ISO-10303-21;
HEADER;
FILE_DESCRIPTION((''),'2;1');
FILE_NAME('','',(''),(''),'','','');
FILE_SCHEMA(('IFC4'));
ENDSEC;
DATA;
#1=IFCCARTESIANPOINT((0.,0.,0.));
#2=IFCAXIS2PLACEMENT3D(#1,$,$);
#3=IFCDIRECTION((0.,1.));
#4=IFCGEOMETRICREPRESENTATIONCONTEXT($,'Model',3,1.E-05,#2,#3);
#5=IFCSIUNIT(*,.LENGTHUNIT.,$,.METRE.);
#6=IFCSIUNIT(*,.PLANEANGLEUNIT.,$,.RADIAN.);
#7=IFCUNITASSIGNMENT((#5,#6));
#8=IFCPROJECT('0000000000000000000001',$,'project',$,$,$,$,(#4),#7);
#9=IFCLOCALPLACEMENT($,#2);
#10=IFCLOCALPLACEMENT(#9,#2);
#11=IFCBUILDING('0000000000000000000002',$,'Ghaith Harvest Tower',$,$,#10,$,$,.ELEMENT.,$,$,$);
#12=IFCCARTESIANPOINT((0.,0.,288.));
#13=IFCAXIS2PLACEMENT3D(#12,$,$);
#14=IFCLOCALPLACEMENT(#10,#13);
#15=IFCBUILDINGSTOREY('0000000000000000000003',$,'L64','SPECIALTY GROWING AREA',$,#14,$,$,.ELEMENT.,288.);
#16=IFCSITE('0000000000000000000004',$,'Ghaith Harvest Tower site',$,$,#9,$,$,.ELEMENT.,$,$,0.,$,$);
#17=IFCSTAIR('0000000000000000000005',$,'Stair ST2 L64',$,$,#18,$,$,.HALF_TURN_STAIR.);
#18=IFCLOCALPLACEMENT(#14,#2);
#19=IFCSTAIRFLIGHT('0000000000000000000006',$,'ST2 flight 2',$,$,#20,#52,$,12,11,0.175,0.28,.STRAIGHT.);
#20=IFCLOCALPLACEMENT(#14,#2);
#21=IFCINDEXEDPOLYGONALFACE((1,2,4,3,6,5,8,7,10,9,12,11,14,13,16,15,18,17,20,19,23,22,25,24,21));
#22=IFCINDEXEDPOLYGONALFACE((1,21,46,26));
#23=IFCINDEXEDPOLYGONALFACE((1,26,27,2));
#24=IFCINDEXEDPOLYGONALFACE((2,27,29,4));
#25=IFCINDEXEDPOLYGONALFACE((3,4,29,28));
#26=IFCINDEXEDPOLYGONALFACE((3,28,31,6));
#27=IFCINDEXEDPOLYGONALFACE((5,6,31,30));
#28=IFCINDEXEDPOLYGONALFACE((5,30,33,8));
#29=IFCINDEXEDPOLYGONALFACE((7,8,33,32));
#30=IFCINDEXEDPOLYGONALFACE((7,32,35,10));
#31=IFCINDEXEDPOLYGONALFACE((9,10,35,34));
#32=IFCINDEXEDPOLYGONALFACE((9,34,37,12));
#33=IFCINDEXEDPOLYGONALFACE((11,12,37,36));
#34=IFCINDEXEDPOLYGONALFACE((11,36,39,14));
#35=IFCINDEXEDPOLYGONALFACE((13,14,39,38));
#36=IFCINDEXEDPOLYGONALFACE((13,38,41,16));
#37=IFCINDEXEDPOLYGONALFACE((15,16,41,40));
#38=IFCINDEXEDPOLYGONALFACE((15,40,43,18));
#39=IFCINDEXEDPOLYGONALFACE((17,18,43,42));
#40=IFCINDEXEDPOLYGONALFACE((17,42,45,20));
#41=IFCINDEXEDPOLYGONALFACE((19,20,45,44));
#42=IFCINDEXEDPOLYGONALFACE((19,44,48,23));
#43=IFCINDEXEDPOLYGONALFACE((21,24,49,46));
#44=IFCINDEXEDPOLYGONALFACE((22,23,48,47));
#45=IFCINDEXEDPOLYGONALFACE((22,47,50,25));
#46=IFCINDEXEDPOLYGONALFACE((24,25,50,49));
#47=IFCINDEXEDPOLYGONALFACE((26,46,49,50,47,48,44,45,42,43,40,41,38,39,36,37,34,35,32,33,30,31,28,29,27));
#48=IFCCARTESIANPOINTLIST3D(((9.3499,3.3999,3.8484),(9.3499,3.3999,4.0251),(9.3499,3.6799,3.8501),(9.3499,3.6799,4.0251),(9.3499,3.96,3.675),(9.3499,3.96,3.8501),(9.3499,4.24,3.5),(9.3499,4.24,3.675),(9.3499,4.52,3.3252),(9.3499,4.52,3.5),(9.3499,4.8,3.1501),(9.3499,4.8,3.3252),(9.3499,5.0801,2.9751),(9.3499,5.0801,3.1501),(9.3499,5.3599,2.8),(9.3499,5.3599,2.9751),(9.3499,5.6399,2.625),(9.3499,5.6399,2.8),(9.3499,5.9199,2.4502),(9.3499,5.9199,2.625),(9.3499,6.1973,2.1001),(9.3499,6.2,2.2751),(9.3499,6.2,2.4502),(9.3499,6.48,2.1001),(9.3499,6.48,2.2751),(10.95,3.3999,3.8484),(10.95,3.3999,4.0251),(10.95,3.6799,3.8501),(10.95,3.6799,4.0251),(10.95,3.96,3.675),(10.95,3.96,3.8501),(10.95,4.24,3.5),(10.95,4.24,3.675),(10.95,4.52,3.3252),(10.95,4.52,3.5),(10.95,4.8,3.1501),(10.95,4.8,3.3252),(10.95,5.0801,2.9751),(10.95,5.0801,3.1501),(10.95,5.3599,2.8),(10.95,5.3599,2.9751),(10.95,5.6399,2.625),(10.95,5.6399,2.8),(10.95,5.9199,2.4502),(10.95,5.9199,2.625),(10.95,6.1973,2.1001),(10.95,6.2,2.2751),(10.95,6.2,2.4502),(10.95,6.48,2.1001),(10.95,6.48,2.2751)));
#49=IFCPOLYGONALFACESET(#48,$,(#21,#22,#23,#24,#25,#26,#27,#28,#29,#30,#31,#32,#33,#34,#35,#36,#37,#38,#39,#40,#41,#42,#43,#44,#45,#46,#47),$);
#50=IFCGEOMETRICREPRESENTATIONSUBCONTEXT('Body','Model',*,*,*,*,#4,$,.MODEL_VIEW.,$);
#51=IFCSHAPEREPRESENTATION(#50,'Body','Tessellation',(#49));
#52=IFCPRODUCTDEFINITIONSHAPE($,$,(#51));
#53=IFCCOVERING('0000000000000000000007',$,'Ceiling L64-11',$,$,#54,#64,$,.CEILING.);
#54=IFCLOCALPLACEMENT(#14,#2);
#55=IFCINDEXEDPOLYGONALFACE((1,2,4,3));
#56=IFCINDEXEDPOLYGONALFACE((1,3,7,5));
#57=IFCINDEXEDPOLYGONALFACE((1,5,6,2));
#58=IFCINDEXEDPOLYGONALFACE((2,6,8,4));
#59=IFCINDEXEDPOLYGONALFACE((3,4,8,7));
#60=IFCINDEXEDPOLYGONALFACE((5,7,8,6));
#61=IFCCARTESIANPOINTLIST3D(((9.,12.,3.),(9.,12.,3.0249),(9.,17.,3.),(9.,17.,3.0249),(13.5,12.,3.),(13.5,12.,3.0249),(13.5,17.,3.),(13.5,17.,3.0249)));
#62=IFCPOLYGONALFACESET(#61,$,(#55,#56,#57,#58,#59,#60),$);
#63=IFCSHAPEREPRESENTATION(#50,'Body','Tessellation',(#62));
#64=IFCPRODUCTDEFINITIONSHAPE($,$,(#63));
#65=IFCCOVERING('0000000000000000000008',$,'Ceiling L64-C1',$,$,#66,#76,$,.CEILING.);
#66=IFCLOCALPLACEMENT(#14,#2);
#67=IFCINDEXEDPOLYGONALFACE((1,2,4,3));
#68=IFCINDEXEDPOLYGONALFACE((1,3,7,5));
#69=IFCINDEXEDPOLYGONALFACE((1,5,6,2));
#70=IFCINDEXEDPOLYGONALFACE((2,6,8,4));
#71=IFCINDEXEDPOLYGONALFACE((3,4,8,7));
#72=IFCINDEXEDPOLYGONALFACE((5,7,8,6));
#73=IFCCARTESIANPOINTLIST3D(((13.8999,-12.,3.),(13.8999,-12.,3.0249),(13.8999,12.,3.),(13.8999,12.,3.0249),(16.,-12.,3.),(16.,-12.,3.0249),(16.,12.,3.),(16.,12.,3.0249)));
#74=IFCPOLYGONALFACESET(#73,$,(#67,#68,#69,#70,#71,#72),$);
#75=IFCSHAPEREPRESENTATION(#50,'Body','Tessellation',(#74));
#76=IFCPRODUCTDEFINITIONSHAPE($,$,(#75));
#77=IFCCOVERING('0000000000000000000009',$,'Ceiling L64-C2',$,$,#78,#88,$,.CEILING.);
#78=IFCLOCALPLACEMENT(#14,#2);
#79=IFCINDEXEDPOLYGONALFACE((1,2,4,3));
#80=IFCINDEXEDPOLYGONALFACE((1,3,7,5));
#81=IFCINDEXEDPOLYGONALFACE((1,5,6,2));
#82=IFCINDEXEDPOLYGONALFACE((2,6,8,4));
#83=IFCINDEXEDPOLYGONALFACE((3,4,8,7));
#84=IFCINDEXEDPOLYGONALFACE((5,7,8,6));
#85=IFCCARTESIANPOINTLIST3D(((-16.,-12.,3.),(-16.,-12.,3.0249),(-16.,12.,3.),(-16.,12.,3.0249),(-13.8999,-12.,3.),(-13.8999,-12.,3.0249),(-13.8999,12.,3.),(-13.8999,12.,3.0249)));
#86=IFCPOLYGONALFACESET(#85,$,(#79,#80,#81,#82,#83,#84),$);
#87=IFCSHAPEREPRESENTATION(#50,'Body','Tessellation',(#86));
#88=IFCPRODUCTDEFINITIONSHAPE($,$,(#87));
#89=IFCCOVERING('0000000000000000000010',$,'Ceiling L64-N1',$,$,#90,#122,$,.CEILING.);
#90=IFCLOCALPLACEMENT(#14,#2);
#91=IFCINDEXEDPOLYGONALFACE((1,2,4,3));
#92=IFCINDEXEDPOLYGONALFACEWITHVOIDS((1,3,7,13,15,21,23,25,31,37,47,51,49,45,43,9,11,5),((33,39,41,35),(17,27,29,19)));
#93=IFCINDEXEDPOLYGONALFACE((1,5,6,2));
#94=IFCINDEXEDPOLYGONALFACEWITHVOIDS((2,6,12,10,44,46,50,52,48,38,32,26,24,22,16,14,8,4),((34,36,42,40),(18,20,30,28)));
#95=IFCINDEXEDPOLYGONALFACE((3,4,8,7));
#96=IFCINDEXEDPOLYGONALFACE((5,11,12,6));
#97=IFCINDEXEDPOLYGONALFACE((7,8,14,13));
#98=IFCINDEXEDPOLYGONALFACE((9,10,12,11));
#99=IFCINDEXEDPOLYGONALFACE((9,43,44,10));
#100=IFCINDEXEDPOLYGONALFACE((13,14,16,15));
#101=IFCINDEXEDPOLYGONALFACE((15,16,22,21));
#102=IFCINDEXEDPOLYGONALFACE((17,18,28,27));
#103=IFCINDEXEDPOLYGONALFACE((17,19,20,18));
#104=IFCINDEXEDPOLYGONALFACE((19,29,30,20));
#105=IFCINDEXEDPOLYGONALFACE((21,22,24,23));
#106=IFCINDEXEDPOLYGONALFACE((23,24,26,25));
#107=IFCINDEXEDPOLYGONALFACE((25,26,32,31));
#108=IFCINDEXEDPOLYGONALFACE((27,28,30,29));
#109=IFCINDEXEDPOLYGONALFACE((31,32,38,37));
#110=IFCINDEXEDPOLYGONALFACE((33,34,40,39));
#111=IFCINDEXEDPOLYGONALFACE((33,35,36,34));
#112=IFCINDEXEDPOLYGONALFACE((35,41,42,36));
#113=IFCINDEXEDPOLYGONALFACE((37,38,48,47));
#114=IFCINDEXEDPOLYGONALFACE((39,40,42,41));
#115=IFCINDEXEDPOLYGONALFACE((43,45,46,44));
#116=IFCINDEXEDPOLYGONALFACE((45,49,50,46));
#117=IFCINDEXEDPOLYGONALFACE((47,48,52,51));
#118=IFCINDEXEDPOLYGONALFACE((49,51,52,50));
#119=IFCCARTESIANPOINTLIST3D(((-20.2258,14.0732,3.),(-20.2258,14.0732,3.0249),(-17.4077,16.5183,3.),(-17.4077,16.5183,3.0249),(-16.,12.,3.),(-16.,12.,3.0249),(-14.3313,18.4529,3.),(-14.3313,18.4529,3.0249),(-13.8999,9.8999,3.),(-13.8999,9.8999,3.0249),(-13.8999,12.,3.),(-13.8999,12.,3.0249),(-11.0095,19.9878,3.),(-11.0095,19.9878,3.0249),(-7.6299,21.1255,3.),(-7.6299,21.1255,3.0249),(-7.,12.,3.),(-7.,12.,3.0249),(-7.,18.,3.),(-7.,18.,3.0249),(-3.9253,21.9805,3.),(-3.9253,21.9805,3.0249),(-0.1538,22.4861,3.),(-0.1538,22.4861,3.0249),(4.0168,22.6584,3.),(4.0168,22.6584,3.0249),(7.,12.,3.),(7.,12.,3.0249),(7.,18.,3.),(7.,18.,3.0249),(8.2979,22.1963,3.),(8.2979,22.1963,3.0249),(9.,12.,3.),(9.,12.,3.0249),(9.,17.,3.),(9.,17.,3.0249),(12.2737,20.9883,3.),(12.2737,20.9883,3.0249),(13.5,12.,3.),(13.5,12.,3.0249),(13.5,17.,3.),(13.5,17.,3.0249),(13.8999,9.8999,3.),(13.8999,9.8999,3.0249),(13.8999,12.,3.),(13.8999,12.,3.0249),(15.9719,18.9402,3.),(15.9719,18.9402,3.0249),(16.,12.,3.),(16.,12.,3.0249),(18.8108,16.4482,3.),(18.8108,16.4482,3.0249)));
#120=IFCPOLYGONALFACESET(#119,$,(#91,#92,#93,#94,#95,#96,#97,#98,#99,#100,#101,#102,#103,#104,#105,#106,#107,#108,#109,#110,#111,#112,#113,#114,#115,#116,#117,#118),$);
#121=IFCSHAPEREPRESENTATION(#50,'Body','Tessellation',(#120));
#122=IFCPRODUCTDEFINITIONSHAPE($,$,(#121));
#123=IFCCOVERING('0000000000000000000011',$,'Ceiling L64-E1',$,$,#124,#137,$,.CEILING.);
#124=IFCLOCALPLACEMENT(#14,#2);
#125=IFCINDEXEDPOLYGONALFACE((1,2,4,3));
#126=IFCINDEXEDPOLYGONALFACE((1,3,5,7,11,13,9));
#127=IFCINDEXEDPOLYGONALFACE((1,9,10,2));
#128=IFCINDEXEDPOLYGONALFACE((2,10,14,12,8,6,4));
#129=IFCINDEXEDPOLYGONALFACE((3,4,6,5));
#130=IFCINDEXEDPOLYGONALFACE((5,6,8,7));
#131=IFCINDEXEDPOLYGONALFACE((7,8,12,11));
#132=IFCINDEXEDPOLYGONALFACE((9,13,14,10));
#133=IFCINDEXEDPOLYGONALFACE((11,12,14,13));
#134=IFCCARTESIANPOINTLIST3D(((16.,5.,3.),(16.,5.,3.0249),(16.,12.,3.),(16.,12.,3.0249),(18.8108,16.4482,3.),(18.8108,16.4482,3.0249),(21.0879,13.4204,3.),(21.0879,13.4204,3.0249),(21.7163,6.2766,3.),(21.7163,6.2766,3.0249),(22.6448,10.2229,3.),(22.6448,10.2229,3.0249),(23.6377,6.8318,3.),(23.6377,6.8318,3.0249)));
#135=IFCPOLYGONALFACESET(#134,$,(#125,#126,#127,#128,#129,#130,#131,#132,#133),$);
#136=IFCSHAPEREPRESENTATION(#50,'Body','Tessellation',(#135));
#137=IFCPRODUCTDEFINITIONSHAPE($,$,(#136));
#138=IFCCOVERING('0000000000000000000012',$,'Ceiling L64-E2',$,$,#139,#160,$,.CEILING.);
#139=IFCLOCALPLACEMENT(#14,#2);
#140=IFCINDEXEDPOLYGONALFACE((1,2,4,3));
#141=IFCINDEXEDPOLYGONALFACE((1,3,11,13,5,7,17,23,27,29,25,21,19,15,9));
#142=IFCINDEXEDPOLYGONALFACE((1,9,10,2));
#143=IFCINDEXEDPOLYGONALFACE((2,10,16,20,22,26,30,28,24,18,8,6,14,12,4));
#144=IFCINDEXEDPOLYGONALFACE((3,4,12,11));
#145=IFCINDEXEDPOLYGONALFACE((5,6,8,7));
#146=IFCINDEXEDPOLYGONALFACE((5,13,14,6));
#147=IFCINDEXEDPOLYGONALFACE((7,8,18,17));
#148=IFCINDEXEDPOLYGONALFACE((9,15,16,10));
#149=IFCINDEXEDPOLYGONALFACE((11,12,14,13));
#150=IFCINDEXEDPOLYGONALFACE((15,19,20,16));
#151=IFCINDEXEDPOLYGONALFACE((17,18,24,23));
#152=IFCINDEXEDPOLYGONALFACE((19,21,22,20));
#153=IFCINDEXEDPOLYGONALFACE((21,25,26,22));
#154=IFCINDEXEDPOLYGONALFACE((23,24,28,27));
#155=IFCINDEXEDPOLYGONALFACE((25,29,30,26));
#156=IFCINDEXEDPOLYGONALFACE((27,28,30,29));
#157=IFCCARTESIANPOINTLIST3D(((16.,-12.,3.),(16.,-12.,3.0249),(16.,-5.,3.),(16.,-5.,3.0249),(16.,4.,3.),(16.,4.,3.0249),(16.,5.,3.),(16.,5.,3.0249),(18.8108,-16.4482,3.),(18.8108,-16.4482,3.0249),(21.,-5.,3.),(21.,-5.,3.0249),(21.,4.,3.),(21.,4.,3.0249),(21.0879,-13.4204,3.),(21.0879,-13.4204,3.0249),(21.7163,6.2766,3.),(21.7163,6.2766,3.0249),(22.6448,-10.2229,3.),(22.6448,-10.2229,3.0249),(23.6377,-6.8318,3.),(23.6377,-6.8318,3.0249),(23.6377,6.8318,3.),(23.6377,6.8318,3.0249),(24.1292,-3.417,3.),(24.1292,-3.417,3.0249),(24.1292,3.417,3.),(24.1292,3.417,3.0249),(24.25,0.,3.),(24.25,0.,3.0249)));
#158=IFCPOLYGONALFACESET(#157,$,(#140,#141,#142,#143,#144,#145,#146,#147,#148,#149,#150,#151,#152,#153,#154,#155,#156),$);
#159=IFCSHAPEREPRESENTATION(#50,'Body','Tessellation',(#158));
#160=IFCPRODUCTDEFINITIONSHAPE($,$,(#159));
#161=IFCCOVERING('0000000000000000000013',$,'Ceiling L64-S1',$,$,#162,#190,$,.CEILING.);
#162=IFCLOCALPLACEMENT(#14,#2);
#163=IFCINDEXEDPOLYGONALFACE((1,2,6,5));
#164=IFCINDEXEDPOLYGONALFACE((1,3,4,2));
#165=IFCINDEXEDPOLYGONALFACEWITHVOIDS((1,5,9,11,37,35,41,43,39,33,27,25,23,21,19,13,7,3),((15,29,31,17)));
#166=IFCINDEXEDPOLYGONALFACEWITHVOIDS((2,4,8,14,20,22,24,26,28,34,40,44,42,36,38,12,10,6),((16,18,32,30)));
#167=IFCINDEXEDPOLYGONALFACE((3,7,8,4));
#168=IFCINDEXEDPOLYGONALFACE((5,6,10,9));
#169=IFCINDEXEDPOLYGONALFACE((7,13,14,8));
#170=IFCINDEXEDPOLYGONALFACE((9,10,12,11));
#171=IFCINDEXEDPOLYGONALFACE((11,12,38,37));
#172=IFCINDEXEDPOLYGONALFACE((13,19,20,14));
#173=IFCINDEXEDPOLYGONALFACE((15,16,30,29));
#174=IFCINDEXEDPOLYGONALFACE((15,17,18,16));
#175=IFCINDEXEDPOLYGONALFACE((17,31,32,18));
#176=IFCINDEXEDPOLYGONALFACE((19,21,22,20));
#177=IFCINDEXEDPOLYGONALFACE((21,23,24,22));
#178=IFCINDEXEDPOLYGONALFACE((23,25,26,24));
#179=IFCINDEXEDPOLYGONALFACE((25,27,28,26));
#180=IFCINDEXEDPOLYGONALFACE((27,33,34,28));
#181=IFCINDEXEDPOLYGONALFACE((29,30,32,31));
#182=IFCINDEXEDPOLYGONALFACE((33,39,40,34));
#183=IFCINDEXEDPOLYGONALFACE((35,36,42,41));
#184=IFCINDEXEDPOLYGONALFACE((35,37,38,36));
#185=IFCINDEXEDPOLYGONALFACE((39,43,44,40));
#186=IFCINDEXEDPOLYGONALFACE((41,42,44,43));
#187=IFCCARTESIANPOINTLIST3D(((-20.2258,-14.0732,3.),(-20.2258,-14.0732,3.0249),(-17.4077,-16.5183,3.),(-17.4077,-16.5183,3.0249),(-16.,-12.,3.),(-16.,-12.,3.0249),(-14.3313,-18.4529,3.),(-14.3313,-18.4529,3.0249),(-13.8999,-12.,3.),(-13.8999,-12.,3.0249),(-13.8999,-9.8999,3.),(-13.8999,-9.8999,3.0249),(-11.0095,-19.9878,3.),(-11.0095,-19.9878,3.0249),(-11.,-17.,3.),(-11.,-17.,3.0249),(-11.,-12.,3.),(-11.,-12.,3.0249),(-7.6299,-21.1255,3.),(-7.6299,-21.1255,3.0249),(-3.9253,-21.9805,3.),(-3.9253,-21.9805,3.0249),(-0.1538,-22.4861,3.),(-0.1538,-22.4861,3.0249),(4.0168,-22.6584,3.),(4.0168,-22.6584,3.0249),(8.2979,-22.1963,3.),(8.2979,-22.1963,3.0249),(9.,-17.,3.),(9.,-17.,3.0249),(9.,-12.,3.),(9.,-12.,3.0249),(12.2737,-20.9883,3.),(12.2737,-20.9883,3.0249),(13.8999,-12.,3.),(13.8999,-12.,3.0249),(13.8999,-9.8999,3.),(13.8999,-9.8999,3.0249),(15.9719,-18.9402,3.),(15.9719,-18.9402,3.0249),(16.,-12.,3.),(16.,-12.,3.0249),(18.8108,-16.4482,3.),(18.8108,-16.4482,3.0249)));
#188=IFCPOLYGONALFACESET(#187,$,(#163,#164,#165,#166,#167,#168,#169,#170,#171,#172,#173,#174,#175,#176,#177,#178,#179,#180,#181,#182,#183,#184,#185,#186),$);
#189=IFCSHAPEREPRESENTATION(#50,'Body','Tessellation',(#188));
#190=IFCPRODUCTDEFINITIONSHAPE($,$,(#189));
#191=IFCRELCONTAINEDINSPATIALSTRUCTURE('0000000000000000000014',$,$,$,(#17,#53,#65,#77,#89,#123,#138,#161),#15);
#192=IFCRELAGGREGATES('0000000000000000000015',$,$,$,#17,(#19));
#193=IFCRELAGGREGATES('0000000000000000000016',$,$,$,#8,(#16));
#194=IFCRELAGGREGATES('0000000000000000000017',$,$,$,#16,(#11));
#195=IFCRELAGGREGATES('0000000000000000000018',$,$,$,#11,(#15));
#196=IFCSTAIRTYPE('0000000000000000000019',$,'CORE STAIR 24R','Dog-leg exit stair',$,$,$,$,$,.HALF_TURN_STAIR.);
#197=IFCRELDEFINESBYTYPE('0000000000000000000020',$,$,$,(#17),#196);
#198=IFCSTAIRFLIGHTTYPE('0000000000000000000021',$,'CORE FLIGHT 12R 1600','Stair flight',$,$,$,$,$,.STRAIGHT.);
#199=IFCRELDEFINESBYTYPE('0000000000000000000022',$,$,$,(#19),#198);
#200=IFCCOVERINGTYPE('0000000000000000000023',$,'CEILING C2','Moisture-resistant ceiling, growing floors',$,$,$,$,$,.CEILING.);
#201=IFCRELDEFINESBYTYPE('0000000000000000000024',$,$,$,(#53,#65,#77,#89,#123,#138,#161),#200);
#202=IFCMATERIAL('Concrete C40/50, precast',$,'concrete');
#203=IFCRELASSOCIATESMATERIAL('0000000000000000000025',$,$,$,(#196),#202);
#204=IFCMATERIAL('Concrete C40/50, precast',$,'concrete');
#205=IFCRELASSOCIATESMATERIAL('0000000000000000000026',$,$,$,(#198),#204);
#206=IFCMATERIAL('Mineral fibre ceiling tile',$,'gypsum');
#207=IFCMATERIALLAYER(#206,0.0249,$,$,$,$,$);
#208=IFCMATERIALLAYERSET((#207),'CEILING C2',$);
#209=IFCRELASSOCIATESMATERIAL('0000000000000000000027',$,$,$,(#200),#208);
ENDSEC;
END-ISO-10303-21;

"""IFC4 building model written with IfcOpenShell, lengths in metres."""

from ifc_helpers import new_model, si_unit, direction, frame, origin, place, context, subcontext, project, spatial, polyline, outline, extrude, material, layer, layer_set, type_object, element, aggregate, save


model = new_model("IFC4")

# Units and contexts
model_context = context("Model", 3, precision=1e-05, world=origin(), true_north=direction((0.0, 1.0)))
body_context = subcontext(model_context, "Body", "Model", "MODEL_VIEW")
ifc_project = project(units=[si_unit("LENGTHUNIT", "METRE"), si_unit("PLANEANGLEUNIT", "RADIAN")], contexts=[model_context])

# Site, building, storey
site_placement = place(None, origin())
site = spatial("IfcSite", under=ifc_project, at=site_placement, Name="Ghaith Harvest Tower site", CompositionType="ELEMENT", RefElevation=0.0)
building_placement = place(site_placement, origin())
building = spatial("IfcBuilding", under=site, at=building_placement, Name="Ghaith Harvest Tower", CompositionType="ELEMENT")
storey_placement = place(building_placement, frame((0.0, 0.0, 288.0)))
storey = spatial("IfcBuildingStorey", under=building, at=storey_placement, Name="L64", Description="SPECIALTY GROWING AREA", CompositionType="ELEMENT", Elevation=288.0)

# Stair, stair flight
ifc_material_1 = material(Name="Concrete C40/50, precast", Category="concrete")
stair_type = type_object("IfcStairType", Name="CORE STAIR 24R", Description="Dog-leg exit stair", PredefinedType="HALF_TURN_STAIR", material=ifc_material_1)
stair_placement = place(storey_placement, origin())
stair = element("IfcStair", 1, at=stair_placement, inside=storey, type_object=stair_type, Name="Stair ST2 L64", PredefinedType="HALF_TURN_STAIR")
ifc_material_2 = material(Name="Concrete C40/50, precast", Category="concrete")
stair_flight_type = type_object("IfcStairFlightType", Name="CORE FLIGHT 12R 1600", Description="Stair flight", PredefinedType="STRAIGHT", material=ifc_material_2)
stair_flight_1_placement = place(storey_placement, frame((10.1499, 6.48, 2.1001), z_axis=(0.0, 0.0, 1.0), x_axis=(0.0, -1.0, 0.0)))
stair_flight_1 = element("IfcStairFlight", 2, at=stair_flight_1_placement, type_object=stair_flight_type, Name="ST2 flight 2", NumberOfRisers=12, NumberOfTreads=11, PredefinedType="STRAIGHT", RiserHeight=0.175, TreadLength=0.28, context=body_context, shape_type="SweptSolid", body=[
    extrude(outline(polyline([(0.0, 0.0), (0.0, 0.175), (0.28, 0.175), (0.28, 0.3501), (0.5601, 0.3501), (0.5601, 0.5249), (0.8401, 0.5249), (0.8401, 0.7), (1.1201, 0.7), (1.1201, 0.875), (1.3999, 0.875), (1.3999, 1.05), (1.6799, 1.05), (1.6799, 1.2251), (1.96, 1.2251), (1.96, 1.3999), (2.24, 1.3999), (2.24, 1.575), (2.52, 1.575), (2.52, 1.75), (2.8, 1.75), (2.8, 1.925), (3.0801, 1.925), (3.0801, 2.1001), (3.0801, 1.7483), (0.2827, 0.0), (0.0, 0.0)])), frame((0.0, 0.8, 0.0), z_axis=(0.0, -1.0, 0.0), x_axis=(1.0, 0.0, 0.0)), (0.0, 0.0, 1.0), 1.6001),
])
aggregate(stair, [stair_flight_1])

# Coverings
ifc_material_3 = material(Name="Mineral fibre ceiling tile", Category="gypsum")
ifc_layer_1 = layer(ifc_material_3, 0.0249)
ifc_layer_set_1 = layer_set([ifc_layer_1], Name="CEILING C2")
covering_type = type_object("IfcCoveringType", Name="CEILING C2", Description="Moisture-resistant ceiling, growing floors", PredefinedType="CEILING", material=ifc_layer_set_1)
covering_1_placement = place(storey_placement, frame((0.0, 0.0, 3.0)))
element("IfcCovering", 3, at=covering_1_placement, inside=storey, type_object=covering_type, Name="Ceiling L64-11", PredefinedType="CEILING", context=body_context, shape_type="SweptSolid", body=[
    extrude(outline(polyline([(9.0, 12.0), (13.5, 12.0), (13.5, 17.0), (9.0, 17.0), (9.0, 12.0)])), origin(), (0.0, 0.0, 1.0), 0.0249),
])
covering_2_placement = place(storey_placement, frame((0.0, 0.0, 3.0)))
element("IfcCovering", 4, at=covering_2_placement, inside=storey, type_object=covering_type, Name="Ceiling L64-C1", PredefinedType="CEILING", context=body_context, shape_type="SweptSolid", body=[
    extrude(outline(polyline([(13.8999, -12.0), (13.8999, 12.0), (16.0, 12.0), (16.0, -12.0), (13.8999, -12.0)])), origin(), (0.0, 0.0, 1.0), 0.0249),
])
covering_3_placement = place(storey_placement, frame((0.0, 0.0, 3.0)))
element("IfcCovering", 5, at=covering_3_placement, inside=storey, type_object=covering_type, Name="Ceiling L64-C2", PredefinedType="CEILING", context=body_context, shape_type="SweptSolid", body=[
    extrude(outline(polyline([(-13.8999, 12.0), (-13.8999, -12.0), (-16.0, -12.0), (-16.0, 12.0), (-13.8999, 12.0)])), origin(), (0.0, 0.0, 1.0), 0.0249),
])
covering_4_placement = place(storey_placement, frame((0.0, 0.0, 3.0)))
element("IfcCovering", 6, at=covering_4_placement, inside=storey, type_object=covering_type, Name="Ceiling L64-N1", PredefinedType="CEILING", context=body_context, shape_type="SweptSolid", body=[
    extrude(outline(polyline([(-17.4077, 16.5183), (-14.3313, 18.4529), (-11.0095, 19.9878), (-7.6299, 21.1255), (-3.9253, 21.9805), (-0.1538, 22.4861), (4.0168, 22.6584), (8.2979, 22.1963), (12.2737, 20.9883), (15.9719, 18.9402), (18.8108, 16.4482), (16.0, 12.0), (13.8999, 12.0), (13.8999, 9.8999), (-13.8999, 9.8999), (-13.8999, 12.0), (-16.0, 12.0), (-20.2258, 14.0732), (-17.4077, 16.5183)]), holes=[polyline([(7.0, 18.0), (-7.0, 18.0), (-7.0, 12.0), (7.0, 12.0), (7.0, 18.0)]), polyline([(9.0, 17.0), (9.0, 12.0), (13.5, 12.0), (13.5, 17.0), (9.0, 17.0)])]), origin(), (0.0, 0.0, 1.0), 0.0249),
])
covering_5_placement = place(storey_placement, frame((0.0, 0.0, 3.0)))
element("IfcCovering", 7, at=covering_5_placement, inside=storey, type_object=covering_type, Name="Ceiling L64-E1", PredefinedType="CEILING", context=body_context, shape_type="SweptSolid", body=[
    extrude(outline(polyline([(21.0879, 13.4204), (22.6448, 10.2229), (23.6377, 6.8318), (21.7163, 6.2766), (16.0, 5.0), (16.0, 12.0), (18.8108, 16.4482), (21.0879, 13.4204)])), origin(), (0.0, 0.0, 1.0), 0.0249),
])
covering_6_placement = place(storey_placement, frame((0.0, 0.0, 3.0)))
element("IfcCovering", 8, at=covering_6_placement, inside=storey, type_object=covering_type, Name="Ceiling L64-E2", PredefinedType="CEILING", context=body_context, shape_type="SweptSolid", body=[
    extrude(outline(polyline([(23.6377, 6.8318), (23.6377, 6.8318), (24.1292, 3.417), (24.25, 0.0), (24.1292, -3.417), (23.6377, -6.8318), (22.6448, -10.2229), (21.0879, -13.4204), (18.8108, -16.4482), (16.0, -12.0), (16.0, -5.0), (21.0, -5.0), (21.0, 4.0), (16.0, 4.0), (16.0, 5.0), (21.7163, 6.2766), (23.6377, 6.8318)])), origin(), (0.0, 0.0, 1.0), 0.0249),
])
covering_7_placement = place(storey_placement, frame((0.0, 0.0, 3.0)))
element("IfcCovering", 9, at=covering_7_placement, inside=storey, type_object=covering_type, Name="Ceiling L64-S1", PredefinedType="CEILING", context=body_context, shape_type="SweptSolid", body=[
    extrude(outline(polyline([(-14.3313, -18.4529), (-17.4077, -16.5183), (-20.2258, -14.0732), (-16.0, -12.0), (-13.8999, -12.0), (-13.8999, -9.8999), (13.8999, -9.8999), (13.8999, -12.0), (16.0, -12.0), (18.8108, -16.4482), (15.9719, -18.9402), (12.2737, -20.9883), (8.2979, -22.1963), (4.0168, -22.6584), (-0.1538, -22.4861), (-3.9253, -21.9805), (-7.6299, -21.1255), (-11.0095, -19.9878), (-14.3313, -18.4529)]), holes=[polyline([(-11.0, -17.0), (9.0, -17.0), (9.0, -12.0), (-11.0, -12.0), (-11.0, -17.0)])]), origin(), (0.0, 0.0, 1.0), 0.0249),
])

save(model, "model.ifc")
